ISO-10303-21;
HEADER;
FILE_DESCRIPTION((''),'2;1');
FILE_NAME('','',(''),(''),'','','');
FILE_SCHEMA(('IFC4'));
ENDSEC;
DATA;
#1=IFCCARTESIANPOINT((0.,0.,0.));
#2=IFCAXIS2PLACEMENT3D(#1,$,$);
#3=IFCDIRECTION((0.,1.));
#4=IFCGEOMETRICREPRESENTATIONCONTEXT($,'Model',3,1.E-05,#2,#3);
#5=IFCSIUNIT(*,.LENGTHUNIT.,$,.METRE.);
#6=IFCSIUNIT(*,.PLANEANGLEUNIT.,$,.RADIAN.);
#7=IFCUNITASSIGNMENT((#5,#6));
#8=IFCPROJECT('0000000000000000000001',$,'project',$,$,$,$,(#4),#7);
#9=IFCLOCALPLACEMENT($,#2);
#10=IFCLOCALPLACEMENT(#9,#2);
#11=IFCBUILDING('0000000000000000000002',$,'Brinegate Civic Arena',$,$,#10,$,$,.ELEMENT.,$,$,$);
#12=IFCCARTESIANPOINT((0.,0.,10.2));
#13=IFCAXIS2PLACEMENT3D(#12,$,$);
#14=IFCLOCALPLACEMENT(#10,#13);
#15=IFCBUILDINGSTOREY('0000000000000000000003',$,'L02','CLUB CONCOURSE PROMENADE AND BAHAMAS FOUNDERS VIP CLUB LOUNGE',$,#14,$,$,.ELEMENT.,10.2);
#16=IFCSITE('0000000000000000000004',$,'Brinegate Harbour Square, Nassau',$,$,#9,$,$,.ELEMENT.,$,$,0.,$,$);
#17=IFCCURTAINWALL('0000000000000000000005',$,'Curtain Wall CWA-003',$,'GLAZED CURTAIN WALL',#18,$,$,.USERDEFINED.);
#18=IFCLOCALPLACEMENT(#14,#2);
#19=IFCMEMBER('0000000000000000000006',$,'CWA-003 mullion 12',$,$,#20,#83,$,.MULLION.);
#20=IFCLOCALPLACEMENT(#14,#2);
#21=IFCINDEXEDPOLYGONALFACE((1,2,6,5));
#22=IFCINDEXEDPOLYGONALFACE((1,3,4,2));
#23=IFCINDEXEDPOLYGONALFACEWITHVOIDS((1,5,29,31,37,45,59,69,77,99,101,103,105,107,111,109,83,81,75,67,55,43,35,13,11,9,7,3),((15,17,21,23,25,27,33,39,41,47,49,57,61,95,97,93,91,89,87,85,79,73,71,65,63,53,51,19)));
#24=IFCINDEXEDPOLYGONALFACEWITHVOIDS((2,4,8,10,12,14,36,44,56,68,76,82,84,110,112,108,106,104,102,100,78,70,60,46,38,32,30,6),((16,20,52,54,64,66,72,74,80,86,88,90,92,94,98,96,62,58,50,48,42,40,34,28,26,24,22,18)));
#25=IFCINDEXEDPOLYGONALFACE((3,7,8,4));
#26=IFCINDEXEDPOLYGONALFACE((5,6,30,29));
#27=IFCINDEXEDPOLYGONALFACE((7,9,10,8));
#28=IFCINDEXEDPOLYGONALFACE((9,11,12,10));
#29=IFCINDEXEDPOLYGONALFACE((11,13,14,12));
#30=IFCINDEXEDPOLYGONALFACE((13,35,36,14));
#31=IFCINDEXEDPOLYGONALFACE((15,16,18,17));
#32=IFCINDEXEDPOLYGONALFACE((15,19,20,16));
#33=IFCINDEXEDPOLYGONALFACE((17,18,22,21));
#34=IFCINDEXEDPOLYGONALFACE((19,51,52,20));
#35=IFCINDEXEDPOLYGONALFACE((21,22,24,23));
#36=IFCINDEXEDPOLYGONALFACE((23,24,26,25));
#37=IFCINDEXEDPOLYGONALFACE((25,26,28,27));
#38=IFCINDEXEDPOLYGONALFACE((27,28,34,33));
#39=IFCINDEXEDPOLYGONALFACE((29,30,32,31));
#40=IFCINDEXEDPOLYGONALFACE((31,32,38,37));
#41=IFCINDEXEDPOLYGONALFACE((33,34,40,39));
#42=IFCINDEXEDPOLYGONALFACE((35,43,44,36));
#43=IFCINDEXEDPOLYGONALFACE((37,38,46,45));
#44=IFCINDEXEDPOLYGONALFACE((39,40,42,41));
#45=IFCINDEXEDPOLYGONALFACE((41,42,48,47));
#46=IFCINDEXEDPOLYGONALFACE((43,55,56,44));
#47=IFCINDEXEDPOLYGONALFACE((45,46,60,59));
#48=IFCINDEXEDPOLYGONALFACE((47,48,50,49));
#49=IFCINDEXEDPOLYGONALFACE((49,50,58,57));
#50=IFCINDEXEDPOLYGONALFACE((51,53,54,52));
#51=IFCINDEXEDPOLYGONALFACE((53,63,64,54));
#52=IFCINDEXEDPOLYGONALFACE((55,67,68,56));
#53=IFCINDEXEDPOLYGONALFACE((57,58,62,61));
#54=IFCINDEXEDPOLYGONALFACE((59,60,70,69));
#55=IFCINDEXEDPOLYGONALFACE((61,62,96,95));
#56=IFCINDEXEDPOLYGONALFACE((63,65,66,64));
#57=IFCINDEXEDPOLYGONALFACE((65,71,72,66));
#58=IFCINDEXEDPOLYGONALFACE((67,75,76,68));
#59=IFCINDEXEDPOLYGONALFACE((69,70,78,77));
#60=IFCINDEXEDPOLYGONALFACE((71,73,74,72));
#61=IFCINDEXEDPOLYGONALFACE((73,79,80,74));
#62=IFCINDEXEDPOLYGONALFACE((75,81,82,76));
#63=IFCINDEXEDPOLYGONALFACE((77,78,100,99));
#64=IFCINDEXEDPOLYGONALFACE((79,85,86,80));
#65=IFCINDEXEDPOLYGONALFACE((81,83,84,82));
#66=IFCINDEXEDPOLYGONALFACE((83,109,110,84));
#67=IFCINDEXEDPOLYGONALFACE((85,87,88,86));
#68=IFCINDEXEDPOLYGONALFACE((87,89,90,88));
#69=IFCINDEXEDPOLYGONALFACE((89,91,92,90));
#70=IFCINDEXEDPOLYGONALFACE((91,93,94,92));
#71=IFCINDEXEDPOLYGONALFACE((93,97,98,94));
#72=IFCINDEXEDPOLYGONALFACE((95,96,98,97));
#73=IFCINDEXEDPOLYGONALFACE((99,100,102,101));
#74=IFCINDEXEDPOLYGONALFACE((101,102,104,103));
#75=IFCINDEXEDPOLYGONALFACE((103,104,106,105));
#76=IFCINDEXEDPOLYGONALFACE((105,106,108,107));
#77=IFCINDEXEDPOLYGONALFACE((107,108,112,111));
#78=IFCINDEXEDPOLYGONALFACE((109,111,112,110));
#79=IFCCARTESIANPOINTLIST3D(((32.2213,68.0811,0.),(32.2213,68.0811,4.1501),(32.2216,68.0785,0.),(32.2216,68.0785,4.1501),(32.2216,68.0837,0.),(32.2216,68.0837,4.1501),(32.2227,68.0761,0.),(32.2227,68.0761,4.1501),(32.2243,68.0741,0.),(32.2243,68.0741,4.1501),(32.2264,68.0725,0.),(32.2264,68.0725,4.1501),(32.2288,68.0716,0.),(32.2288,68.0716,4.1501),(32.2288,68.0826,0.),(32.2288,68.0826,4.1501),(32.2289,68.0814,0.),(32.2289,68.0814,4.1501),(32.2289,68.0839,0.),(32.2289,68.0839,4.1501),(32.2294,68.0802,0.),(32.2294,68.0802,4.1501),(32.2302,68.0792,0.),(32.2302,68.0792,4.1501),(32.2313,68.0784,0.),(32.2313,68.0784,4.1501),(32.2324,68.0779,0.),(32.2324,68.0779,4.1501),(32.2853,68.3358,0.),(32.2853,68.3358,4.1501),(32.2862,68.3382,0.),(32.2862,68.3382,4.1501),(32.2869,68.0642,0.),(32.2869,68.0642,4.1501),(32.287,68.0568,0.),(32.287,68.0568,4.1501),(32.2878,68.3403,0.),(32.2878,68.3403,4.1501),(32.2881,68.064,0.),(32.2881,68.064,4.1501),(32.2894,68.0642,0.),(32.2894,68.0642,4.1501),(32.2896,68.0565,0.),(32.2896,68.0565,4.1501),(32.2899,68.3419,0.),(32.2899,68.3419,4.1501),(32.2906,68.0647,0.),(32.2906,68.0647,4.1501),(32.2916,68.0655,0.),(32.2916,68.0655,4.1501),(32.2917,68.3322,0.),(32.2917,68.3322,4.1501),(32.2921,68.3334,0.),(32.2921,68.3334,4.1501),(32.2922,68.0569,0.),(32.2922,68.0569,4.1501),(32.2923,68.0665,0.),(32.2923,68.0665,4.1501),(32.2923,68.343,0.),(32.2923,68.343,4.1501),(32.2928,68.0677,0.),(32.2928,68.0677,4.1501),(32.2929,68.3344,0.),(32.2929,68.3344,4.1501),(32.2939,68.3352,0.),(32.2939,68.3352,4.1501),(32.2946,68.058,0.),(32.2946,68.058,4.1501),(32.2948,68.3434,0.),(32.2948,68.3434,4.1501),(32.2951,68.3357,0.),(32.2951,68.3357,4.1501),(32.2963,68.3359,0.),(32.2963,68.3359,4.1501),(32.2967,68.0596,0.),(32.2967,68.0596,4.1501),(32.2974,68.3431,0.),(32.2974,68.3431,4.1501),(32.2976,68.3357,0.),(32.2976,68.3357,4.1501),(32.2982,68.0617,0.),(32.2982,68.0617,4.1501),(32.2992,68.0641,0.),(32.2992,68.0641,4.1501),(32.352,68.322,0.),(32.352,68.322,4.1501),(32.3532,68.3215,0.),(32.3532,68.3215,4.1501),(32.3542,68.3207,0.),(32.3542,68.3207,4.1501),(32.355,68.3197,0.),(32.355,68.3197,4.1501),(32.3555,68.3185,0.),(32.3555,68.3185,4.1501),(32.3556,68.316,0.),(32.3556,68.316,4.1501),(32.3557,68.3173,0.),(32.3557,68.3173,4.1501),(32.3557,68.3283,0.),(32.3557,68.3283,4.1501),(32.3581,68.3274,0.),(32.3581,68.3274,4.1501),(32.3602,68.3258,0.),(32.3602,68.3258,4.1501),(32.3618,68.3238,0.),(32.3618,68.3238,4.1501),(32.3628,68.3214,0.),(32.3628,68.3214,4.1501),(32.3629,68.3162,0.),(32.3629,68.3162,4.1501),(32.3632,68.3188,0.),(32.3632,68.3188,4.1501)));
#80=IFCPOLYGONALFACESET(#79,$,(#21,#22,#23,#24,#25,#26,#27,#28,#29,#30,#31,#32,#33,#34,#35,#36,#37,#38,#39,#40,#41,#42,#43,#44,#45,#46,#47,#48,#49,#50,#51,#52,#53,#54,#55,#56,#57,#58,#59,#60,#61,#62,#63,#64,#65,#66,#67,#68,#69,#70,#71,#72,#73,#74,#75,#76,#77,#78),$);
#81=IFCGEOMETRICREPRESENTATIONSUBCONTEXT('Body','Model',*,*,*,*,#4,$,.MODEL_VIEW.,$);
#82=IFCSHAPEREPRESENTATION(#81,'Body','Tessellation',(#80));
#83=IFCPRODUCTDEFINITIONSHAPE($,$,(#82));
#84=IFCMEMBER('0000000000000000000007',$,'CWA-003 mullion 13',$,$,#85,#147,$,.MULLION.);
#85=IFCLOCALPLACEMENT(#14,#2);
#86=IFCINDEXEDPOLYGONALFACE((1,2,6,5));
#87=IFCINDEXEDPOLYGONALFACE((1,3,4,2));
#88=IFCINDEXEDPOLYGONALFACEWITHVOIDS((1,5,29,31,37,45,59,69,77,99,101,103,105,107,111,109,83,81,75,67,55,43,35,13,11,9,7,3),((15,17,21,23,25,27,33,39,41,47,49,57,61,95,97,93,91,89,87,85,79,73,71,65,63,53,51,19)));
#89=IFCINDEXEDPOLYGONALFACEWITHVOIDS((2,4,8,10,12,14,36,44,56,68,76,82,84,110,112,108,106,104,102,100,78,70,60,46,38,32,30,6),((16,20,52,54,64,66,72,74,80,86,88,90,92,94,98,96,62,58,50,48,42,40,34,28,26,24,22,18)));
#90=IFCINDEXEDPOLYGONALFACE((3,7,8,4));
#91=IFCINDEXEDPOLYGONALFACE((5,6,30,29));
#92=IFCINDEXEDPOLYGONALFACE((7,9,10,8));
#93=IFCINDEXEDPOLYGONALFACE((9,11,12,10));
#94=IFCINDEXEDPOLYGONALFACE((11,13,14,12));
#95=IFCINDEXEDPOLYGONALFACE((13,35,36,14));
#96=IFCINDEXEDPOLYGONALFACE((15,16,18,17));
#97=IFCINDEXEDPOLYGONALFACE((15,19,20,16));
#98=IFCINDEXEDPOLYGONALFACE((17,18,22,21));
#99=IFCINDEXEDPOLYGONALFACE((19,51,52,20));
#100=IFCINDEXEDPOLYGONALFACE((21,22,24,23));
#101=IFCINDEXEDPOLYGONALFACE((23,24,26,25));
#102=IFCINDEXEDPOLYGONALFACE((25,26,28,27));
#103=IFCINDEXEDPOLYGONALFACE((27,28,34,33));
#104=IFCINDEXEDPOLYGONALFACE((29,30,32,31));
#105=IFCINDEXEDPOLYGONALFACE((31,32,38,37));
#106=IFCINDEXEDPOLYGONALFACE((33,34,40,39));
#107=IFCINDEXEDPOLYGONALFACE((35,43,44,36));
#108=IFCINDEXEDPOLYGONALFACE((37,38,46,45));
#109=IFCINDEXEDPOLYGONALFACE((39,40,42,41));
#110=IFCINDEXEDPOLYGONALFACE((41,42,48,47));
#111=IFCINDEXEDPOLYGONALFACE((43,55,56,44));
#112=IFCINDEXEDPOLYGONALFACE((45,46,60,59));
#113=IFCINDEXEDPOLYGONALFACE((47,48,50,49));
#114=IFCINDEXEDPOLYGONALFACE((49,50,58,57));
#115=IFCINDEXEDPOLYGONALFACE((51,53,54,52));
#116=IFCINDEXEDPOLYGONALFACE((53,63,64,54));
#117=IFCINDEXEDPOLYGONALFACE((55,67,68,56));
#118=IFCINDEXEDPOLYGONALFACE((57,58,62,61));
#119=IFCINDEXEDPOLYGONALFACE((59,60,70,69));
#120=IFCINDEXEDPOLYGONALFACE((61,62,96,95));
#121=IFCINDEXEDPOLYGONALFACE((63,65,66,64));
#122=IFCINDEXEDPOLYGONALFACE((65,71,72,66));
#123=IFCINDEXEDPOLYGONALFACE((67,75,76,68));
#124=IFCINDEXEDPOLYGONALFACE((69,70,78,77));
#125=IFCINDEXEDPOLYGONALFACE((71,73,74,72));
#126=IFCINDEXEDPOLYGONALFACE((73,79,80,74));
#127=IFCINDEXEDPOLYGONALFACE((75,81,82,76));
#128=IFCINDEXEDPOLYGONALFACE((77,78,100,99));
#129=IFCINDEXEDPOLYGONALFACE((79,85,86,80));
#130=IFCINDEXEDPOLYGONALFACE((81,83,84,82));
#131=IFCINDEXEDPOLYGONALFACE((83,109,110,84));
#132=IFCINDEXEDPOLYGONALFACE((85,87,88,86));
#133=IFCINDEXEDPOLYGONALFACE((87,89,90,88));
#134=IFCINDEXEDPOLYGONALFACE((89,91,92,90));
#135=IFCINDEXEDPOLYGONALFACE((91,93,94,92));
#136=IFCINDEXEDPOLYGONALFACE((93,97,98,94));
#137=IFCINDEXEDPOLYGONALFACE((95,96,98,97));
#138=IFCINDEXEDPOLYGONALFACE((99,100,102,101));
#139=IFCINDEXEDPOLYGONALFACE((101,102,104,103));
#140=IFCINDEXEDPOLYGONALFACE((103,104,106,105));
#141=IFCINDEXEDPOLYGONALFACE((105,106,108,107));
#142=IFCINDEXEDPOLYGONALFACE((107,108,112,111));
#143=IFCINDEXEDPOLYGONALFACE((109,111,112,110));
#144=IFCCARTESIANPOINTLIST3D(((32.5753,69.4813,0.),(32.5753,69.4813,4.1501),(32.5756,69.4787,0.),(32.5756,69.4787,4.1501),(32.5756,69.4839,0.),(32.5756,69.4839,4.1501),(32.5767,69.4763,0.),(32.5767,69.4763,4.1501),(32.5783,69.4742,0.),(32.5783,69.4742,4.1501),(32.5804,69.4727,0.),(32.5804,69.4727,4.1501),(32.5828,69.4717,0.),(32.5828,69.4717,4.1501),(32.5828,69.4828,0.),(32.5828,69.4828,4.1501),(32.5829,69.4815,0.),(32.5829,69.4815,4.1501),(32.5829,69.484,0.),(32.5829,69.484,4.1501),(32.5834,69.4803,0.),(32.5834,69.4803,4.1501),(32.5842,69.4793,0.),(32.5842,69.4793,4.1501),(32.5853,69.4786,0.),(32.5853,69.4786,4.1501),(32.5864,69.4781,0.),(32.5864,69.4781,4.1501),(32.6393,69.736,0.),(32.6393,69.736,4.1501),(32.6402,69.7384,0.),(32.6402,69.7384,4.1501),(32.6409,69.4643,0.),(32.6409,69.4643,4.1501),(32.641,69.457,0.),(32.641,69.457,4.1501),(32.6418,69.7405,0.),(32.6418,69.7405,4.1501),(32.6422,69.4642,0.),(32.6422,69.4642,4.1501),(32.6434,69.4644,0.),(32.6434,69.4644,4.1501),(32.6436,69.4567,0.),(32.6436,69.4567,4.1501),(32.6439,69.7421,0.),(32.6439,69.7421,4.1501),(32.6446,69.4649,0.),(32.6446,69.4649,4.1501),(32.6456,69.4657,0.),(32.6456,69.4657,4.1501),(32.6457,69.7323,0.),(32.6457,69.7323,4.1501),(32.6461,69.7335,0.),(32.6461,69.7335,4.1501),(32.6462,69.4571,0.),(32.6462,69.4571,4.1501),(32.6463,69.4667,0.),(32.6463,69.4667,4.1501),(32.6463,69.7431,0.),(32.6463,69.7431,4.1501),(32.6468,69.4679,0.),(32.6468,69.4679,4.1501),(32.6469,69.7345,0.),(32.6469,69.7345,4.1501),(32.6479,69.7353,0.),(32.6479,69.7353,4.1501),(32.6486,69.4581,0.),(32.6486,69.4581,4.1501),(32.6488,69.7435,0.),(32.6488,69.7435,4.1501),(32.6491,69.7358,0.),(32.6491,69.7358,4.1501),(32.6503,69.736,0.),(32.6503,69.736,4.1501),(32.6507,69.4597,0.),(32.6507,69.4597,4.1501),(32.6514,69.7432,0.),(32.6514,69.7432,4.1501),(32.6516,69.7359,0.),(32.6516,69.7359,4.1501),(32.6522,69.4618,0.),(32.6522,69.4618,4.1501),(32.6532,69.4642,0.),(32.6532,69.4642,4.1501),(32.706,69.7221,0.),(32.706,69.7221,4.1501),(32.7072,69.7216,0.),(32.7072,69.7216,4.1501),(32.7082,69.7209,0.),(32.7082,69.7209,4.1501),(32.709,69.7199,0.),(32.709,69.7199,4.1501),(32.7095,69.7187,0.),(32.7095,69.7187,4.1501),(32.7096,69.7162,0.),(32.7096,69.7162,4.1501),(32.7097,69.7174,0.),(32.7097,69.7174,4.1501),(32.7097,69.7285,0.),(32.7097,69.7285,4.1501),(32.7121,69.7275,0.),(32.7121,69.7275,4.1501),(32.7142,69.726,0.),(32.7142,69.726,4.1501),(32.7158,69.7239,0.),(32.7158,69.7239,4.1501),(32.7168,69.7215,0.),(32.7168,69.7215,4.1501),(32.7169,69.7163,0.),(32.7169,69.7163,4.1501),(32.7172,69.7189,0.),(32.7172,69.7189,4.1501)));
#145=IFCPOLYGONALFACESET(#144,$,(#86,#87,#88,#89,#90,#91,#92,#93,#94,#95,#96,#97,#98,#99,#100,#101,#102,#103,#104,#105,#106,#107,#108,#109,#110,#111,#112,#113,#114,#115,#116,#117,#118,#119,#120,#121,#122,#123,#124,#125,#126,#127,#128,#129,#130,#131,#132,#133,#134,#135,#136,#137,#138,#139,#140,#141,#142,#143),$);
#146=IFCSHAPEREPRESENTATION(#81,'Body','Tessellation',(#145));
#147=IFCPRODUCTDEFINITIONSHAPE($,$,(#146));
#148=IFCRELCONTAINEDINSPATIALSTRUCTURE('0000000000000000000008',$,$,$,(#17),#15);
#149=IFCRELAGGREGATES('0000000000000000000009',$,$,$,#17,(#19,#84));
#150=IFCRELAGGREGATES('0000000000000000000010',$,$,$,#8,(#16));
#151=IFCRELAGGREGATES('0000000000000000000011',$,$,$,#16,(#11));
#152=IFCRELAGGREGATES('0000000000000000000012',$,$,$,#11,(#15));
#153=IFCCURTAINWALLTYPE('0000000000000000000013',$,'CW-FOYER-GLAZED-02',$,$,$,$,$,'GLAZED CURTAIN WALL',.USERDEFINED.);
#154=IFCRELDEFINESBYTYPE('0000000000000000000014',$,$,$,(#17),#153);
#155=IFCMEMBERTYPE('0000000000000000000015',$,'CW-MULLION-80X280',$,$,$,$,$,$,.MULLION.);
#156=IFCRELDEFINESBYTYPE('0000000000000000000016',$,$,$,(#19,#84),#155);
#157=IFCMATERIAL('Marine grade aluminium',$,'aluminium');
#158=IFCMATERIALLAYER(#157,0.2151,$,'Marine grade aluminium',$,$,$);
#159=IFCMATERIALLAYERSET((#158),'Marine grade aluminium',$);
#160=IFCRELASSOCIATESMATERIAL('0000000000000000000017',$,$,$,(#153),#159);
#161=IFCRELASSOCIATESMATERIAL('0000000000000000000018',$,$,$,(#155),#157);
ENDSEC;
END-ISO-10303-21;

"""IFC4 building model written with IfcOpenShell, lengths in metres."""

from ifc_helpers import new_model, si_unit, direction, frame, origin, origin_2d, place, context, subcontext, project, spatial, hollow_rectangle, extrude, material, layer, layer_set, material_profile, profile_set, type_object, element, aggregate, save


model = new_model("IFC4")

# Units and contexts
model_context = context("Model", 3, precision=1e-05, world=origin(), true_north=direction((0.0, 1.0)))
body_context = subcontext(model_context, "Body", "Model", "MODEL_VIEW")
ifc_project = project(units=[si_unit("LENGTHUNIT", "METRE"), si_unit("PLANEANGLEUNIT", "RADIAN")], contexts=[model_context])

# Site, building, storey
site_placement = place(None, origin())
site = spatial("IfcSite", under=ifc_project, at=site_placement, Name="Brinegate Harbour Square, Nassau", CompositionType="ELEMENT", RefElevation=0.0)
building_placement = place(site_placement, origin())
building = spatial("IfcBuilding", under=site, at=building_placement, Name="Brinegate Civic Arena", CompositionType="ELEMENT")
storey_placement = place(building_placement, frame((0.0, 0.0, 10.2)))
storey = spatial("IfcBuildingStorey", under=building, at=storey_placement, Name="L02", Description="CLUB CONCOURSE PROMENADE AND BAHAMAS FOUNDERS VIP CLUB LOUNGE", CompositionType="ELEMENT", Elevation=10.2)

# Shared definitions
ifc_material_1 = material(Name="Marine grade aluminium", Category="aluminium")
ifc_layer_1 = layer(ifc_material_1, 0.2151, Name="Marine grade aluminium")
ifc_layer_set_1 = layer_set([ifc_layer_1], Name="Marine grade aluminium")
curtain_wall_type_1 = type_object("IfcCurtainWallType", Name="CW-FOYER-GLAZED-02", ElementType="GLAZED CURTAIN WALL", PredefinedType="USERDEFINED", material=ifc_layer_set_1)

# Curtain wall, members
curtain_wall_1_placement = place(storey_placement, origin())
curtain_wall_1 = element("IfcCurtainWall", 1, at=curtain_wall_1_placement, inside=storey, type_object=curtain_wall_type_1, Name="Curtain Wall CWA-003", ObjectType="GLAZED CURTAIN WALL", PredefinedType="USERDEFINED")
ifc_material_profile_1 = material_profile(ifc_material_1, hollow_rectangle(XDim=0.0801, YDim=0.28, WallThickness=0.0071, InnerFilletRadius=0.0049, OuterFilletRadius=0.01, at=origin_2d()), Name="MUL80X280")
ifc_profile_set_1 = profile_set([ifc_material_profile_1], Name="Marine grade aluminium")
member_type_1 = type_object("IfcMemberType", Name="CW-MULLION-80X280", PredefinedType="MULLION", material=ifc_profile_set_1)
member_1_placement = place(storey_placement, frame((32.2922, 68.2, 0.0), z_axis=(0.0, 0.0, 1.0), x_axis=(-0.969513, 0.245042, 0.0)))
member_1 = element("IfcMember", 2, at=member_1_placement, type_object=member_type_1, Name="CWA-003 mullion 12", PredefinedType="MULLION", context=body_context, shape_type="SweptSolid", body=[
    extrude(hollow_rectangle(XDim=0.0801, YDim=0.28, WallThickness=0.0071, InnerFilletRadius=0.0049, OuterFilletRadius=0.01, at=origin_2d()), origin(), (0.0, 0.0, 1.0), 4.1501),
])
member_2_placement = place(storey_placement, frame((32.6462, 69.6001, 0.0), z_axis=(0.0, 0.0, 1.0), x_axis=(-0.969513, 0.245042, 0.0)))
member_2 = element("IfcMember", 3, at=member_2_placement, type_object=member_type_1, Name="CWA-003 mullion 13", PredefinedType="MULLION", context=body_context, shape_type="SweptSolid", body=[
    extrude(hollow_rectangle(XDim=0.0801, YDim=0.28, WallThickness=0.0071, InnerFilletRadius=0.0049, OuterFilletRadius=0.01, at=origin_2d()), origin(), (0.0, 0.0, 1.0), 4.1501),
])

aggregate(curtain_wall_1, [member_1, member_2])

save(model, "model.ifc")
